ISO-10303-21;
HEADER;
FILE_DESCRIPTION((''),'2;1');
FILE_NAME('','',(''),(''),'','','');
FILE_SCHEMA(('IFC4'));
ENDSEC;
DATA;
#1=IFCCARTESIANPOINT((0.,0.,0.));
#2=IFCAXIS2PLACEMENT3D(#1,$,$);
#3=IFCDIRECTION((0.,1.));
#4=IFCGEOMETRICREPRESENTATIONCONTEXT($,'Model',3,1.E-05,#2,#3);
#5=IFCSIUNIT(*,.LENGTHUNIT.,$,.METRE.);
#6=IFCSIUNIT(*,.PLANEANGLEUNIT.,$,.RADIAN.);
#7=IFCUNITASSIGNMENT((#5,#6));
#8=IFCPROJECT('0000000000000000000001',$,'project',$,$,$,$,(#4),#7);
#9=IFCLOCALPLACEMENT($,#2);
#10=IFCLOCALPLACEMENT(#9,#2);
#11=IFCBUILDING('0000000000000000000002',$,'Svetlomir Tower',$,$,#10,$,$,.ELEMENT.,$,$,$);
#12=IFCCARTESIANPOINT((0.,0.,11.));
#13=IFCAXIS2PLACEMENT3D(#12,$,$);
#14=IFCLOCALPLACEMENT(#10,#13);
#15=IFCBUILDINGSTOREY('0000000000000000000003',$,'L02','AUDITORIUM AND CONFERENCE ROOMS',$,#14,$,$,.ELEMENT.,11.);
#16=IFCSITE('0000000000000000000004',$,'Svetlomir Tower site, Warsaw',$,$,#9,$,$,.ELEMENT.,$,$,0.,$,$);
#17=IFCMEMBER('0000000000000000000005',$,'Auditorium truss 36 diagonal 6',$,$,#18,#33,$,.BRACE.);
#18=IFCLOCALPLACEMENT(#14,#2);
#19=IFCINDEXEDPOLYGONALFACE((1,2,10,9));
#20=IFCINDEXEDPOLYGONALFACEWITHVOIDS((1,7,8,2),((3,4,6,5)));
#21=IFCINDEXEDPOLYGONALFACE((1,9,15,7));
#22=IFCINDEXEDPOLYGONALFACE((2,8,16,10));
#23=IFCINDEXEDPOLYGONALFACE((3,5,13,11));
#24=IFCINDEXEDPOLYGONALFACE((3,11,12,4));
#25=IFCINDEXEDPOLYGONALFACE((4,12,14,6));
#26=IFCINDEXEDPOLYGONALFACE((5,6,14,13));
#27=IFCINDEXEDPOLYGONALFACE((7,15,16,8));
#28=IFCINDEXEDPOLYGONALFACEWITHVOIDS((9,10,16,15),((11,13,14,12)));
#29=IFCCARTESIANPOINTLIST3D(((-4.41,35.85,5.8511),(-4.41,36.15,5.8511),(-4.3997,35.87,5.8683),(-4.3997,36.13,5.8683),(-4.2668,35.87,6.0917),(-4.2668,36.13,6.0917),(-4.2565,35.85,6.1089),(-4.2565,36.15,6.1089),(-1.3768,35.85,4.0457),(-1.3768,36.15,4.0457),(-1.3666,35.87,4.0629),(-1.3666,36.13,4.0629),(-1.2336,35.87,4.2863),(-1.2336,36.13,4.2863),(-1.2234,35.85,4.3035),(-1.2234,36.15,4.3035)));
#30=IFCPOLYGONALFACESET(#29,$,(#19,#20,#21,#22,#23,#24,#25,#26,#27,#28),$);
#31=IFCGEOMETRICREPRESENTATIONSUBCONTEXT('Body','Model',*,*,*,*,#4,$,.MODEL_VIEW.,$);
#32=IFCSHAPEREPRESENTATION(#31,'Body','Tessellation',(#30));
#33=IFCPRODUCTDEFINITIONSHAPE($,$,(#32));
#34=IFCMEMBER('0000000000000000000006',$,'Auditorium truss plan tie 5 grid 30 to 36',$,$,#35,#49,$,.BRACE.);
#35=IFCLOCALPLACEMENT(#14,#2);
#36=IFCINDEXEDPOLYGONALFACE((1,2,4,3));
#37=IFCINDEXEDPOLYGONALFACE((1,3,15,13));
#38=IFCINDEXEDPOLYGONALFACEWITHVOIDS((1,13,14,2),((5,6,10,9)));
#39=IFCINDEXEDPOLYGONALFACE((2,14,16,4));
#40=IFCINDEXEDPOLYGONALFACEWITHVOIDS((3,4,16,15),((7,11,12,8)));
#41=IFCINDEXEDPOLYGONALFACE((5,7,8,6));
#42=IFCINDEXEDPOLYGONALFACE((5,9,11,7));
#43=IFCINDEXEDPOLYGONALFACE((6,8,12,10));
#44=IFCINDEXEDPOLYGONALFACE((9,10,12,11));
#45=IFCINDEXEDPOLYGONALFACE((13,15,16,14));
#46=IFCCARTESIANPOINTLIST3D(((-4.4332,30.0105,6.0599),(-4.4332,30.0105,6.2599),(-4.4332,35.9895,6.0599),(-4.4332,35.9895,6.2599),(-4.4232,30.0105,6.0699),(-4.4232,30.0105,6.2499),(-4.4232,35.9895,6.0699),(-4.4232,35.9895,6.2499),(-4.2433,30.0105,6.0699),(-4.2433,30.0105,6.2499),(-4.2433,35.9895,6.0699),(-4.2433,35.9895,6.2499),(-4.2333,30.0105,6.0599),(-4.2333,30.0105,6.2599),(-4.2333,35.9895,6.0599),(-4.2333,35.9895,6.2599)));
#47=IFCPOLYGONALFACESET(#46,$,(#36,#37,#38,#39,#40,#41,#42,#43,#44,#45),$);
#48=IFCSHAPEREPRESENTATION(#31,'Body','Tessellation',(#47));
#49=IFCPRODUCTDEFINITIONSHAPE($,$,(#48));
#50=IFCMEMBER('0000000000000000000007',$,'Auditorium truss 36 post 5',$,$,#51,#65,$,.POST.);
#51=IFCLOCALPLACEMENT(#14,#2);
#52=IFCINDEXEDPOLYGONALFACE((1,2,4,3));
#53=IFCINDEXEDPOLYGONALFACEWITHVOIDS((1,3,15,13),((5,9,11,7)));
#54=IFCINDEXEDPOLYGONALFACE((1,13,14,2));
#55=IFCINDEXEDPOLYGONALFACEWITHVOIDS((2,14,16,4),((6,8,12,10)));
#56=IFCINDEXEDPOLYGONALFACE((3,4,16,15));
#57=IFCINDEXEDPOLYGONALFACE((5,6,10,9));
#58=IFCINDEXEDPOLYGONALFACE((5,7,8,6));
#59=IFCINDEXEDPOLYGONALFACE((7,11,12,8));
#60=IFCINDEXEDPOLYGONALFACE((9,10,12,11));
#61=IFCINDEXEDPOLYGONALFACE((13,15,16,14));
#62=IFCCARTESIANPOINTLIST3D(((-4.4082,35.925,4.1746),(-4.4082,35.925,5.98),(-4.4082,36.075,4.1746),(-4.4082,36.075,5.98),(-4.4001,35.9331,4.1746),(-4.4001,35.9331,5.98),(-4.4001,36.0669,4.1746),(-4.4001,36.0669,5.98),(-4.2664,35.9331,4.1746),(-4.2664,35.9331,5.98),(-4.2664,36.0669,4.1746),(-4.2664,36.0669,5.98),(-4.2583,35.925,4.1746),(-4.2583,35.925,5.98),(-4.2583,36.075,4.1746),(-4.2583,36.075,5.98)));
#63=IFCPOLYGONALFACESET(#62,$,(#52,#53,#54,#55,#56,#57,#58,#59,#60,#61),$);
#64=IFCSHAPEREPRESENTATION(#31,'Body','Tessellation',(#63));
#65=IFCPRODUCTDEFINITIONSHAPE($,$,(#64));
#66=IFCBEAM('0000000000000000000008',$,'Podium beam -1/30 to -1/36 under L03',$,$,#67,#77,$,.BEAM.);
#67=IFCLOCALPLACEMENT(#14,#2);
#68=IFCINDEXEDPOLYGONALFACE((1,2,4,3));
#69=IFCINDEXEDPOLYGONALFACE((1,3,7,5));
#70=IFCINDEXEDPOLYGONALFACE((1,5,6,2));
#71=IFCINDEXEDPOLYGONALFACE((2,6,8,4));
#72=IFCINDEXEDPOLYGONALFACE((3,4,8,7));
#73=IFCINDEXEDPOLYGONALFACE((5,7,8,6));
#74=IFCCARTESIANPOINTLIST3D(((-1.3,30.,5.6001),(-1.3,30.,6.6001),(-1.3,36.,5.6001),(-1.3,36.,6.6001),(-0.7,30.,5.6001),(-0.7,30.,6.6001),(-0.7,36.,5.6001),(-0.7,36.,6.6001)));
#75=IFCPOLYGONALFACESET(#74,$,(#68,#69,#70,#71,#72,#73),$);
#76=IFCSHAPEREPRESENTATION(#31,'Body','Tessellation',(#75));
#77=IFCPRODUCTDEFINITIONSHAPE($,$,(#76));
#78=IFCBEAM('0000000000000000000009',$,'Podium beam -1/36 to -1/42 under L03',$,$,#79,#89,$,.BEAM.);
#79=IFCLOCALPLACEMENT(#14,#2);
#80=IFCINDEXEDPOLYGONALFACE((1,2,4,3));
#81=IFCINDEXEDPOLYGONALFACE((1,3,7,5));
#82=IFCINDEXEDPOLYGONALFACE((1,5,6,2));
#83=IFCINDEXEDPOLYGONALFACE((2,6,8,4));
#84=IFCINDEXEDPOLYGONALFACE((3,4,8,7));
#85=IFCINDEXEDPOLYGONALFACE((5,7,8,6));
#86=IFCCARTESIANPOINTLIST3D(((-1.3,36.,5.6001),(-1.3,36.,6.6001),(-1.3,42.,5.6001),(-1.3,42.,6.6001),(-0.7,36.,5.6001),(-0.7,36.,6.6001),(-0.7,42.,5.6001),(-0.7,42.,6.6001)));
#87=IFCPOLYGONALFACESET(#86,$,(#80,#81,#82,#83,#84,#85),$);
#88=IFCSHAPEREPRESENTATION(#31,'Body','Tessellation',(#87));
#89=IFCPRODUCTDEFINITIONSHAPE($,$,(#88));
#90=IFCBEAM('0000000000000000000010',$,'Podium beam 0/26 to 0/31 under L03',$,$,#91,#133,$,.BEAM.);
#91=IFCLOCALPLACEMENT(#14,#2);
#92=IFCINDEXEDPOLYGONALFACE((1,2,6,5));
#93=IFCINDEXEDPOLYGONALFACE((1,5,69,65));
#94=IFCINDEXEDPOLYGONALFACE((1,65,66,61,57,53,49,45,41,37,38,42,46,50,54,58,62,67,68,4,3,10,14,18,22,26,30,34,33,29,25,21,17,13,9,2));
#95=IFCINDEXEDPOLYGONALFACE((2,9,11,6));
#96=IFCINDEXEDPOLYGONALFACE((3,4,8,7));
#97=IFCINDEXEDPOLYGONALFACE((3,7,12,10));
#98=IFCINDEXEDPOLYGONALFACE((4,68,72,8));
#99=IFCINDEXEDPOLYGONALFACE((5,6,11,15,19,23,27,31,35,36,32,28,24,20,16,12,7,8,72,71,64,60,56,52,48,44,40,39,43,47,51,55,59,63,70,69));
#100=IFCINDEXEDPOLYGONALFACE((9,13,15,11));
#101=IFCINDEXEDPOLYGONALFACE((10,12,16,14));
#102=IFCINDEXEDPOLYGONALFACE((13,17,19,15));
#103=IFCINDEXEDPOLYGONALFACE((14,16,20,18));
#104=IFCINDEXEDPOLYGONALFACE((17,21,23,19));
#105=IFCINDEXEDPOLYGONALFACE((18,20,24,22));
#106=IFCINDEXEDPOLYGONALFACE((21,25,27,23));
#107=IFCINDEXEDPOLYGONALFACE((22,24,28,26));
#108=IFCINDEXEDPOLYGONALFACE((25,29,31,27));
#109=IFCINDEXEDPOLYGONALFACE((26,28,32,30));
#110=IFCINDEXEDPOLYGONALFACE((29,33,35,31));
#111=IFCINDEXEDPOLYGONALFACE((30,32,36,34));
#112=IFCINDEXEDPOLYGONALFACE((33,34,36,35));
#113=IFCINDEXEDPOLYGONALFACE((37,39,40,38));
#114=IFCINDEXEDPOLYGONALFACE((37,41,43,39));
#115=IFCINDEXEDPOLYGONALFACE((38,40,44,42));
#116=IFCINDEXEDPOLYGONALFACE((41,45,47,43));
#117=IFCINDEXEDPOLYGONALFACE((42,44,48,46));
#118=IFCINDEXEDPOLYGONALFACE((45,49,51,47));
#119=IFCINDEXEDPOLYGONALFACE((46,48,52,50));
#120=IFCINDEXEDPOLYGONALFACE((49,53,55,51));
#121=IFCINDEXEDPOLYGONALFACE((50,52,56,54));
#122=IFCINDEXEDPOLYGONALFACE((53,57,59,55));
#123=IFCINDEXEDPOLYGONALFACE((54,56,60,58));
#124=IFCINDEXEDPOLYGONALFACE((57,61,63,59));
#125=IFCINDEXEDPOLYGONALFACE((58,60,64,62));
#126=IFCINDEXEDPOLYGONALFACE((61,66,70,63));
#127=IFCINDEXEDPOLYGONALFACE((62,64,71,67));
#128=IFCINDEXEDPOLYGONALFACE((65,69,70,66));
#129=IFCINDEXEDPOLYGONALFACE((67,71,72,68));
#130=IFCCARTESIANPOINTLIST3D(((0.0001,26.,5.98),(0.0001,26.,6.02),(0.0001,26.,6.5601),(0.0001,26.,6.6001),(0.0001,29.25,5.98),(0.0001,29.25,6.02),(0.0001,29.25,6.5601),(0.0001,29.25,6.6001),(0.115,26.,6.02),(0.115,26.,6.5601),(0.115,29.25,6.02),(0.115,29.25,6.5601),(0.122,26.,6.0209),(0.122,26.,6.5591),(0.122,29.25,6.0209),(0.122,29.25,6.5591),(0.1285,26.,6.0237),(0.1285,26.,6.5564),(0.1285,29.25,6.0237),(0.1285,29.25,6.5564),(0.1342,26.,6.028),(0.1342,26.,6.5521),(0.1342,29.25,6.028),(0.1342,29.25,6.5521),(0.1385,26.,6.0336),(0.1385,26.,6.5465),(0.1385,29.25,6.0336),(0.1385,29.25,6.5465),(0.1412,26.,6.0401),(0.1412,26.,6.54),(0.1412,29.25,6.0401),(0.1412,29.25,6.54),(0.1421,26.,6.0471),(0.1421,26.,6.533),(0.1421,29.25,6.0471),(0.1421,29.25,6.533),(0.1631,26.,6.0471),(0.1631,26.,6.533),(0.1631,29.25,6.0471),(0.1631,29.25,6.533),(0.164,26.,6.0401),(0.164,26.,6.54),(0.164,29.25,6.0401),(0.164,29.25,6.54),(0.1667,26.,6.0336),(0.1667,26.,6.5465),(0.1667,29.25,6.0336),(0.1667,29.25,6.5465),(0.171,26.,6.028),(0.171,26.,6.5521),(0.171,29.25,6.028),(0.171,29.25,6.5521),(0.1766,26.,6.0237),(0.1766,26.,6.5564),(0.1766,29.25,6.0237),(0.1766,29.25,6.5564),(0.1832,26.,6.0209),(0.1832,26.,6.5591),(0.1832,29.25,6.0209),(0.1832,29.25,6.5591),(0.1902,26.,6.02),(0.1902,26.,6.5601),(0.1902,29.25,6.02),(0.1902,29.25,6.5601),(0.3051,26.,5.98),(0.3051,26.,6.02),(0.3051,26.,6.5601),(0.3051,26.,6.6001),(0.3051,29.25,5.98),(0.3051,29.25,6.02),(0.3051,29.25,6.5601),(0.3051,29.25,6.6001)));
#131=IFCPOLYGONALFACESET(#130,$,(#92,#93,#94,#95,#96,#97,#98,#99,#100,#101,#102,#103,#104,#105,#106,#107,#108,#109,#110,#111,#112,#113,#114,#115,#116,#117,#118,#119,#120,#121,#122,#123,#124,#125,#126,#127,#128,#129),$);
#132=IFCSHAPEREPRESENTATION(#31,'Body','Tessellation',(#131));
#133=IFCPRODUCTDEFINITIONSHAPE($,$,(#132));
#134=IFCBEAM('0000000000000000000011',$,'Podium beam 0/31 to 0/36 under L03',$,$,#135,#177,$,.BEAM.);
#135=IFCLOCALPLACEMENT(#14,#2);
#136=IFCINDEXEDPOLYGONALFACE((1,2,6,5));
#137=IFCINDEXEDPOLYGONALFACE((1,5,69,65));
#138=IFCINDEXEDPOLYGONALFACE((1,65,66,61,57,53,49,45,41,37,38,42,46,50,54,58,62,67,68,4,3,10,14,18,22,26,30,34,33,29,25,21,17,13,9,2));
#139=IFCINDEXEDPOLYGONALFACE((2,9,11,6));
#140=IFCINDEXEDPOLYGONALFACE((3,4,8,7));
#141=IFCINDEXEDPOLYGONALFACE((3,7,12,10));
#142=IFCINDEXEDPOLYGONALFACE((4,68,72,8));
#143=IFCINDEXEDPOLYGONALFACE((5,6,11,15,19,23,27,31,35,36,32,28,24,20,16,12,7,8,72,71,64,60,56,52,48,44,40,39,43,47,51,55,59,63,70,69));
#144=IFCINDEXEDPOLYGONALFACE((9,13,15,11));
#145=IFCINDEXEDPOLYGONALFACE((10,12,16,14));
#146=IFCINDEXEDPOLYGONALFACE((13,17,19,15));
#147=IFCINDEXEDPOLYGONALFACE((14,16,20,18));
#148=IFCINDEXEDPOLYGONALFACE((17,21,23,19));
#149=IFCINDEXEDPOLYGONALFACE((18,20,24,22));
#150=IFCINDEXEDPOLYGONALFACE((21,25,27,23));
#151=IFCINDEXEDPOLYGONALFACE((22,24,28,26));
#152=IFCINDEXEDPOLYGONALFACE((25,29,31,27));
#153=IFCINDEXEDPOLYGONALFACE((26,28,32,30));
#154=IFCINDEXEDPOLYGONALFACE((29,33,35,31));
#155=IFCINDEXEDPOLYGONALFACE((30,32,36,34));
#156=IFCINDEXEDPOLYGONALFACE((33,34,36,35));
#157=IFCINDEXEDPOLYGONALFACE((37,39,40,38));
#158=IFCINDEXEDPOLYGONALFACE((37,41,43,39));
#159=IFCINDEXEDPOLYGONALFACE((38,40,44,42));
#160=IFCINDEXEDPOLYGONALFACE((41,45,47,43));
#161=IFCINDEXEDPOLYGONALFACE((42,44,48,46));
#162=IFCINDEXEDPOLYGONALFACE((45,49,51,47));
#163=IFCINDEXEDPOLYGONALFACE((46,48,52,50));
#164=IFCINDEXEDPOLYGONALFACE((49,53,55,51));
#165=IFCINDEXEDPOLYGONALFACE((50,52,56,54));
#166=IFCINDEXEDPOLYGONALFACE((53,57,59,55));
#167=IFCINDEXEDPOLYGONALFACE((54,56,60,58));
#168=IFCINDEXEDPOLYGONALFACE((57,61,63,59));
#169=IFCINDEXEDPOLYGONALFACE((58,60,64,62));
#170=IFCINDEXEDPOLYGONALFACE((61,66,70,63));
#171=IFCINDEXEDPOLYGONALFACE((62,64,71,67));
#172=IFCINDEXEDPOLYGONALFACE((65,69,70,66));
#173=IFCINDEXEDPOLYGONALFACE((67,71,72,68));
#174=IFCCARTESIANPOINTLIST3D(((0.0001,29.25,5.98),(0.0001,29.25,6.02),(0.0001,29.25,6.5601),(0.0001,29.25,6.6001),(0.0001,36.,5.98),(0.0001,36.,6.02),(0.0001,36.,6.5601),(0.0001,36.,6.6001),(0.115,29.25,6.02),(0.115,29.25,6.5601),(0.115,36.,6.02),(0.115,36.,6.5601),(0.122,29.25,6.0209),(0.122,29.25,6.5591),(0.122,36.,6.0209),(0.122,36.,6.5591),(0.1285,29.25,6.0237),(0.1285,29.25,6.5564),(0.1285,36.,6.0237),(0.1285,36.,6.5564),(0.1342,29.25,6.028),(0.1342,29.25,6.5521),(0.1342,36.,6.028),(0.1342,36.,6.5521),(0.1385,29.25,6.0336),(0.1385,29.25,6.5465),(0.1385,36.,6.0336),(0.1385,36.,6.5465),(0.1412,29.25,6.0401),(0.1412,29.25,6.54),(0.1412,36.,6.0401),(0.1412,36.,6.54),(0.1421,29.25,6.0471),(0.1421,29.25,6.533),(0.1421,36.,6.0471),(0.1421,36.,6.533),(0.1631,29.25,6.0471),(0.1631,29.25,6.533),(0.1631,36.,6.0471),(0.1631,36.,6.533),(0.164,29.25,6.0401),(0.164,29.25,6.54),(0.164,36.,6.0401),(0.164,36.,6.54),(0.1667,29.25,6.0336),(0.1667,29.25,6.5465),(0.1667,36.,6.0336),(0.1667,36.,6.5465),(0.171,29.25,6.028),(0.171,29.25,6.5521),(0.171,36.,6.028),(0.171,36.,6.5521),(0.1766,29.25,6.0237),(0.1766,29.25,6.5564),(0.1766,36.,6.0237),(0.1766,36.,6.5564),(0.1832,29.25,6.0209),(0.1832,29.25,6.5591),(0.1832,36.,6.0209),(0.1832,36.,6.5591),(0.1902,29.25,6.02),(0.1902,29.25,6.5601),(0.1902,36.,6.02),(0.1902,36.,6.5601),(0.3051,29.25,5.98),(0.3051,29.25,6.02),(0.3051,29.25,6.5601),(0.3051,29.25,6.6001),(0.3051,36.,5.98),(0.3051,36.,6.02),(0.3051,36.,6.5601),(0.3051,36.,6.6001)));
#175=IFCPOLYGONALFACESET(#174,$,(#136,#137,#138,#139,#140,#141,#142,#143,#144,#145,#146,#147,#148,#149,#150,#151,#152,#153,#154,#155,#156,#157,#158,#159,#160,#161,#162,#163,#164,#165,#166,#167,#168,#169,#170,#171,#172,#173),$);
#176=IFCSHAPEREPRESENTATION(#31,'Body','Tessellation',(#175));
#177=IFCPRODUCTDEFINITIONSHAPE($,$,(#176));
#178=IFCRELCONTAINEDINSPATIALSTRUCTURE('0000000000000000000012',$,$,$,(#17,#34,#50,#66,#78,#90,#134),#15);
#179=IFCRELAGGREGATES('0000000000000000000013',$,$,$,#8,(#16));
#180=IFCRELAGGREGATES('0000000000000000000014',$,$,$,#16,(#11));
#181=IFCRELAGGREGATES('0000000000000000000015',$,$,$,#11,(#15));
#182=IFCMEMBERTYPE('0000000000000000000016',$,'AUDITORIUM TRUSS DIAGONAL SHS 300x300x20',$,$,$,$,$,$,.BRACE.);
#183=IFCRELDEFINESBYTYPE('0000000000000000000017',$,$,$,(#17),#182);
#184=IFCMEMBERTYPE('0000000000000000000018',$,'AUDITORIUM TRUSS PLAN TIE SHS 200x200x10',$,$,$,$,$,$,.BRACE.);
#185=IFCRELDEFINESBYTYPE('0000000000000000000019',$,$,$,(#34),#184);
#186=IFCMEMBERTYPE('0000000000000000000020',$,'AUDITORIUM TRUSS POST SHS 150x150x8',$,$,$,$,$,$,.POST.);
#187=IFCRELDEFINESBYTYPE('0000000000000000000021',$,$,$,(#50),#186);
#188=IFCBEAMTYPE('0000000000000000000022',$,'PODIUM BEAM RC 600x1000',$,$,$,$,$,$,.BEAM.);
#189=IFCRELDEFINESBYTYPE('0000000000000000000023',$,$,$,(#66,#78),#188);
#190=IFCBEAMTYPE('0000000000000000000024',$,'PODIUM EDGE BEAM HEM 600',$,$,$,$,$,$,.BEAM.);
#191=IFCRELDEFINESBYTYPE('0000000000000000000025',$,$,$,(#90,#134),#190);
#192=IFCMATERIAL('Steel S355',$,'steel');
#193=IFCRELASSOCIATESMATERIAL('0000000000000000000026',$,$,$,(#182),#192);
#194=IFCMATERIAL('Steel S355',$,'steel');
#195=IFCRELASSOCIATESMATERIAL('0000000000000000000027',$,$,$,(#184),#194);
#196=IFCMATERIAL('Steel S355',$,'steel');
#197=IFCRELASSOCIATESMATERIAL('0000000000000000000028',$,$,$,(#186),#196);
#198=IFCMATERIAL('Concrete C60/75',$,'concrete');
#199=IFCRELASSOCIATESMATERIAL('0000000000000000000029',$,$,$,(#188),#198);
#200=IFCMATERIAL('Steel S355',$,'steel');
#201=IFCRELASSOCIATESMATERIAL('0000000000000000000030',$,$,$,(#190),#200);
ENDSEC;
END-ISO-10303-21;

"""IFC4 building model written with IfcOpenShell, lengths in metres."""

from ifc_helpers import new_model, si_unit, direction, frame, origin, origin_2d, place, context, subcontext, project, spatial, rectangle, hollow_rectangle, i_section, extrude, material, material_profile, profile_set, type_object, element, save


model = new_model("IFC4")

# Units and contexts
model_context = context("Model", 3, precision=1e-05, world=origin(), true_north=direction((0.0, 1.0)))
body_context = subcontext(model_context, "Body", "Model", "MODEL_VIEW")
ifc_project = project(units=[si_unit("LENGTHUNIT", "METRE"), si_unit("PLANEANGLEUNIT", "RADIAN")], contexts=[model_context])

# Site, building, storey
site_placement = place(None, origin())
site = spatial("IfcSite", under=ifc_project, at=site_placement, Name="Svetlomir Tower site, Warsaw", CompositionType="ELEMENT", RefElevation=0.0)
building_placement = place(site_placement, origin())
building = spatial("IfcBuilding", under=site, at=building_placement, Name="Svetlomir Tower", CompositionType="ELEMENT")
storey_placement = place(building_placement, frame((0.0, 0.0, 11.0)))
storey = spatial("IfcBuildingStorey", under=building, at=storey_placement, Name="L02", Description="AUDITORIUM AND CONFERENCE ROOMS", CompositionType="ELEMENT", Elevation=11.0)

# Members
ifc_material_1 = material(Name="Steel S355", Category="steel")
ifc_material_profile_1 = material_profile(ifc_material_1, hollow_rectangle(XDim=0.3, YDim=0.3, WallThickness=0.02, at=origin_2d()), Name="SHS 300x300x20")
ifc_profile_set_1 = profile_set([ifc_material_profile_1], Name="Steel S355")
member_type_1 = type_object("IfcMemberType", Name="AUDITORIUM TRUSS DIAGONAL SHS 300x300x20", PredefinedType="BRACE", material=ifc_profile_set_1)
member_1_placement = place(storey_placement, frame((-4.3333, 36.0, 5.98), z_axis=(0.8593, 0.0, -0.511472), x_axis=(0.0, 1.0, 0.0)))
element("IfcMember", 1, at=member_1_placement, inside=storey, type_object=member_type_1, Name="Auditorium truss 36 diagonal 6", PredefinedType="BRACE", context=body_context, shape_type="SweptSolid", body=[
    extrude(hollow_rectangle(XDim=0.3, YDim=0.3, WallThickness=0.02, at=origin_2d()), origin(), (0.0, 0.0, 1.0), 3.5298),
])
ifc_material_2 = material(Name="Steel S355", Category="steel")
ifc_material_profile_2 = material_profile(ifc_material_2, hollow_rectangle(XDim=0.2, YDim=0.2, WallThickness=0.01, at=origin_2d()), Name="SHS 200x200x10")
ifc_profile_set_2 = profile_set([ifc_material_profile_2], Name="Steel S355")
member_type_2 = type_object("IfcMemberType", Name="AUDITORIUM TRUSS PLAN TIE SHS 200x200x10", PredefinedType="BRACE", material=ifc_profile_set_2)
member_2_placement = place(storey_placement, frame((-4.3333, 30.0105, 6.1599), z_axis=(0.0, 1.0, 0.0), x_axis=(-1.0, 0.0, 0.0)))
element("IfcMember", 2, at=member_2_placement, inside=storey, type_object=member_type_2, Name="Auditorium truss plan tie 5 grid 30 to 36", PredefinedType="BRACE", context=body_context, shape_type="SweptSolid", body=[
    extrude(hollow_rectangle(XDim=0.2, YDim=0.2, WallThickness=0.01, at=origin_2d()), origin(), (0.0, 0.0, 1.0), 5.979),
])
ifc_material_3 = material(Name="Steel S355", Category="steel")
ifc_material_profile_3 = material_profile(ifc_material_3, hollow_rectangle(XDim=0.1499, YDim=0.1499, WallThickness=0.0081, at=origin_2d()), Name="SHS 150x150x8")
ifc_profile_set_3 = profile_set([ifc_material_profile_3], Name="Steel S355")
member_type_3 = type_object("IfcMemberType", Name="AUDITORIUM TRUSS POST SHS 150x150x8", PredefinedType="POST", material=ifc_profile_set_3)
member_3_placement = place(storey_placement, frame((-4.3333, 36.0, 4.1746), z_axis=(0.0, 0.0, 1.0), x_axis=(1.0, 0.0, 0.0)))
element("IfcMember", 3, at=member_3_placement, inside=storey, type_object=member_type_3, Name="Auditorium truss 36 post 5", PredefinedType="POST", context=body_context, shape_type="SweptSolid", body=[
    extrude(hollow_rectangle(XDim=0.1499, YDim=0.1499, WallThickness=0.0081, at=origin_2d()), origin(), (0.0, 0.0, 1.0), 1.8054),
])

# Beams
ifc_material_4 = material(Name="Concrete C60/75", Category="concrete")
ifc_material_profile_4 = material_profile(ifc_material_4, rectangle(XDim=0.6001, YDim=1.0, at=origin_2d()), Name="RC 600x1000")
ifc_profile_set_4 = profile_set([ifc_material_profile_4], Name="Concrete C60/75")
beam_type_1 = type_object("IfcBeamType", Name="PODIUM BEAM RC 600x1000", PredefinedType="BEAM", material=ifc_profile_set_4)
for number, where, z_axis, x_axis, name in (
    (4, (-1.0, 30.0, 6.1001), (0.0, 1.0, 0.0), (-1.0, 0.0, 0.0), "Podium beam -1/30 to -1/36 under L03"),
    (5, (-1.0, 36.0, 6.1001), (0.0, 1.0, 0.0), (-1.0, 0.0, 0.0), "Podium beam -1/36 to -1/42 under L03"),
):
    element("IfcBeam", number, at=place(storey_placement, frame(where, z_axis=z_axis, x_axis=x_axis)), inside=storey, type_object=beam_type_1, Name=name, PredefinedType="BEAM", context=body_context, shape_type="SweptSolid", body=[
        extrude(rectangle(XDim=0.6001, YDim=1.0, at=origin_2d()), origin(), (0.0, 0.0, 1.0), 6.0),
    ])
ifc_material_5 = material(Name="Steel S355", Category="steel")
ifc_material_profile_5 = material_profile(ifc_material_5, i_section(OverallWidth=0.3049, OverallDepth=0.6201, WebThickness=0.021, FlangeThickness=0.04, FilletRadius=0.0271, at=origin_2d()), Name="HEM 600")
ifc_profile_set_5 = profile_set([ifc_material_profile_5], Name="Steel S355")
beam_type_2 = type_object("IfcBeamType", Name="PODIUM EDGE BEAM HEM 600", PredefinedType="BEAM", material=ifc_profile_set_5)
beam_1_placement = place(storey_placement, frame((0.1526, 26.0, 6.29), z_axis=(0.0, 1.0, 0.0), x_axis=(-1.0, 0.0, 0.0)))
element("IfcBeam", 6, at=beam_1_placement, inside=storey, type_object=beam_type_2, Name="Podium beam 0/26 to 0/31 under L03", PredefinedType="BEAM", context=body_context, shape_type="SweptSolid", body=[
    extrude(i_section(OverallWidth=0.3049, OverallDepth=0.6201, WebThickness=0.021, FlangeThickness=0.04, FilletRadius=0.0271, at=origin_2d()), origin(), (0.0, 0.0, 1.0), 3.25),
])
beam_2_placement = place(storey_placement, frame((0.1526, 29.25, 6.29), z_axis=(0.0, 1.0, 0.0), x_axis=(-1.0, 0.0, 0.0)))
element("IfcBeam", 7, at=beam_2_placement, inside=storey, type_object=beam_type_2, Name="Podium beam 0/31 to 0/36 under L03", PredefinedType="BEAM", context=body_context, shape_type="SweptSolid", body=[
    extrude(i_section(OverallWidth=0.3049, OverallDepth=0.6201, WebThickness=0.021, FlangeThickness=0.04, FilletRadius=0.0271, at=origin_2d()), origin(), (0.0, 0.0, 1.0), 6.75),
])

save(model, "model.ifc")
